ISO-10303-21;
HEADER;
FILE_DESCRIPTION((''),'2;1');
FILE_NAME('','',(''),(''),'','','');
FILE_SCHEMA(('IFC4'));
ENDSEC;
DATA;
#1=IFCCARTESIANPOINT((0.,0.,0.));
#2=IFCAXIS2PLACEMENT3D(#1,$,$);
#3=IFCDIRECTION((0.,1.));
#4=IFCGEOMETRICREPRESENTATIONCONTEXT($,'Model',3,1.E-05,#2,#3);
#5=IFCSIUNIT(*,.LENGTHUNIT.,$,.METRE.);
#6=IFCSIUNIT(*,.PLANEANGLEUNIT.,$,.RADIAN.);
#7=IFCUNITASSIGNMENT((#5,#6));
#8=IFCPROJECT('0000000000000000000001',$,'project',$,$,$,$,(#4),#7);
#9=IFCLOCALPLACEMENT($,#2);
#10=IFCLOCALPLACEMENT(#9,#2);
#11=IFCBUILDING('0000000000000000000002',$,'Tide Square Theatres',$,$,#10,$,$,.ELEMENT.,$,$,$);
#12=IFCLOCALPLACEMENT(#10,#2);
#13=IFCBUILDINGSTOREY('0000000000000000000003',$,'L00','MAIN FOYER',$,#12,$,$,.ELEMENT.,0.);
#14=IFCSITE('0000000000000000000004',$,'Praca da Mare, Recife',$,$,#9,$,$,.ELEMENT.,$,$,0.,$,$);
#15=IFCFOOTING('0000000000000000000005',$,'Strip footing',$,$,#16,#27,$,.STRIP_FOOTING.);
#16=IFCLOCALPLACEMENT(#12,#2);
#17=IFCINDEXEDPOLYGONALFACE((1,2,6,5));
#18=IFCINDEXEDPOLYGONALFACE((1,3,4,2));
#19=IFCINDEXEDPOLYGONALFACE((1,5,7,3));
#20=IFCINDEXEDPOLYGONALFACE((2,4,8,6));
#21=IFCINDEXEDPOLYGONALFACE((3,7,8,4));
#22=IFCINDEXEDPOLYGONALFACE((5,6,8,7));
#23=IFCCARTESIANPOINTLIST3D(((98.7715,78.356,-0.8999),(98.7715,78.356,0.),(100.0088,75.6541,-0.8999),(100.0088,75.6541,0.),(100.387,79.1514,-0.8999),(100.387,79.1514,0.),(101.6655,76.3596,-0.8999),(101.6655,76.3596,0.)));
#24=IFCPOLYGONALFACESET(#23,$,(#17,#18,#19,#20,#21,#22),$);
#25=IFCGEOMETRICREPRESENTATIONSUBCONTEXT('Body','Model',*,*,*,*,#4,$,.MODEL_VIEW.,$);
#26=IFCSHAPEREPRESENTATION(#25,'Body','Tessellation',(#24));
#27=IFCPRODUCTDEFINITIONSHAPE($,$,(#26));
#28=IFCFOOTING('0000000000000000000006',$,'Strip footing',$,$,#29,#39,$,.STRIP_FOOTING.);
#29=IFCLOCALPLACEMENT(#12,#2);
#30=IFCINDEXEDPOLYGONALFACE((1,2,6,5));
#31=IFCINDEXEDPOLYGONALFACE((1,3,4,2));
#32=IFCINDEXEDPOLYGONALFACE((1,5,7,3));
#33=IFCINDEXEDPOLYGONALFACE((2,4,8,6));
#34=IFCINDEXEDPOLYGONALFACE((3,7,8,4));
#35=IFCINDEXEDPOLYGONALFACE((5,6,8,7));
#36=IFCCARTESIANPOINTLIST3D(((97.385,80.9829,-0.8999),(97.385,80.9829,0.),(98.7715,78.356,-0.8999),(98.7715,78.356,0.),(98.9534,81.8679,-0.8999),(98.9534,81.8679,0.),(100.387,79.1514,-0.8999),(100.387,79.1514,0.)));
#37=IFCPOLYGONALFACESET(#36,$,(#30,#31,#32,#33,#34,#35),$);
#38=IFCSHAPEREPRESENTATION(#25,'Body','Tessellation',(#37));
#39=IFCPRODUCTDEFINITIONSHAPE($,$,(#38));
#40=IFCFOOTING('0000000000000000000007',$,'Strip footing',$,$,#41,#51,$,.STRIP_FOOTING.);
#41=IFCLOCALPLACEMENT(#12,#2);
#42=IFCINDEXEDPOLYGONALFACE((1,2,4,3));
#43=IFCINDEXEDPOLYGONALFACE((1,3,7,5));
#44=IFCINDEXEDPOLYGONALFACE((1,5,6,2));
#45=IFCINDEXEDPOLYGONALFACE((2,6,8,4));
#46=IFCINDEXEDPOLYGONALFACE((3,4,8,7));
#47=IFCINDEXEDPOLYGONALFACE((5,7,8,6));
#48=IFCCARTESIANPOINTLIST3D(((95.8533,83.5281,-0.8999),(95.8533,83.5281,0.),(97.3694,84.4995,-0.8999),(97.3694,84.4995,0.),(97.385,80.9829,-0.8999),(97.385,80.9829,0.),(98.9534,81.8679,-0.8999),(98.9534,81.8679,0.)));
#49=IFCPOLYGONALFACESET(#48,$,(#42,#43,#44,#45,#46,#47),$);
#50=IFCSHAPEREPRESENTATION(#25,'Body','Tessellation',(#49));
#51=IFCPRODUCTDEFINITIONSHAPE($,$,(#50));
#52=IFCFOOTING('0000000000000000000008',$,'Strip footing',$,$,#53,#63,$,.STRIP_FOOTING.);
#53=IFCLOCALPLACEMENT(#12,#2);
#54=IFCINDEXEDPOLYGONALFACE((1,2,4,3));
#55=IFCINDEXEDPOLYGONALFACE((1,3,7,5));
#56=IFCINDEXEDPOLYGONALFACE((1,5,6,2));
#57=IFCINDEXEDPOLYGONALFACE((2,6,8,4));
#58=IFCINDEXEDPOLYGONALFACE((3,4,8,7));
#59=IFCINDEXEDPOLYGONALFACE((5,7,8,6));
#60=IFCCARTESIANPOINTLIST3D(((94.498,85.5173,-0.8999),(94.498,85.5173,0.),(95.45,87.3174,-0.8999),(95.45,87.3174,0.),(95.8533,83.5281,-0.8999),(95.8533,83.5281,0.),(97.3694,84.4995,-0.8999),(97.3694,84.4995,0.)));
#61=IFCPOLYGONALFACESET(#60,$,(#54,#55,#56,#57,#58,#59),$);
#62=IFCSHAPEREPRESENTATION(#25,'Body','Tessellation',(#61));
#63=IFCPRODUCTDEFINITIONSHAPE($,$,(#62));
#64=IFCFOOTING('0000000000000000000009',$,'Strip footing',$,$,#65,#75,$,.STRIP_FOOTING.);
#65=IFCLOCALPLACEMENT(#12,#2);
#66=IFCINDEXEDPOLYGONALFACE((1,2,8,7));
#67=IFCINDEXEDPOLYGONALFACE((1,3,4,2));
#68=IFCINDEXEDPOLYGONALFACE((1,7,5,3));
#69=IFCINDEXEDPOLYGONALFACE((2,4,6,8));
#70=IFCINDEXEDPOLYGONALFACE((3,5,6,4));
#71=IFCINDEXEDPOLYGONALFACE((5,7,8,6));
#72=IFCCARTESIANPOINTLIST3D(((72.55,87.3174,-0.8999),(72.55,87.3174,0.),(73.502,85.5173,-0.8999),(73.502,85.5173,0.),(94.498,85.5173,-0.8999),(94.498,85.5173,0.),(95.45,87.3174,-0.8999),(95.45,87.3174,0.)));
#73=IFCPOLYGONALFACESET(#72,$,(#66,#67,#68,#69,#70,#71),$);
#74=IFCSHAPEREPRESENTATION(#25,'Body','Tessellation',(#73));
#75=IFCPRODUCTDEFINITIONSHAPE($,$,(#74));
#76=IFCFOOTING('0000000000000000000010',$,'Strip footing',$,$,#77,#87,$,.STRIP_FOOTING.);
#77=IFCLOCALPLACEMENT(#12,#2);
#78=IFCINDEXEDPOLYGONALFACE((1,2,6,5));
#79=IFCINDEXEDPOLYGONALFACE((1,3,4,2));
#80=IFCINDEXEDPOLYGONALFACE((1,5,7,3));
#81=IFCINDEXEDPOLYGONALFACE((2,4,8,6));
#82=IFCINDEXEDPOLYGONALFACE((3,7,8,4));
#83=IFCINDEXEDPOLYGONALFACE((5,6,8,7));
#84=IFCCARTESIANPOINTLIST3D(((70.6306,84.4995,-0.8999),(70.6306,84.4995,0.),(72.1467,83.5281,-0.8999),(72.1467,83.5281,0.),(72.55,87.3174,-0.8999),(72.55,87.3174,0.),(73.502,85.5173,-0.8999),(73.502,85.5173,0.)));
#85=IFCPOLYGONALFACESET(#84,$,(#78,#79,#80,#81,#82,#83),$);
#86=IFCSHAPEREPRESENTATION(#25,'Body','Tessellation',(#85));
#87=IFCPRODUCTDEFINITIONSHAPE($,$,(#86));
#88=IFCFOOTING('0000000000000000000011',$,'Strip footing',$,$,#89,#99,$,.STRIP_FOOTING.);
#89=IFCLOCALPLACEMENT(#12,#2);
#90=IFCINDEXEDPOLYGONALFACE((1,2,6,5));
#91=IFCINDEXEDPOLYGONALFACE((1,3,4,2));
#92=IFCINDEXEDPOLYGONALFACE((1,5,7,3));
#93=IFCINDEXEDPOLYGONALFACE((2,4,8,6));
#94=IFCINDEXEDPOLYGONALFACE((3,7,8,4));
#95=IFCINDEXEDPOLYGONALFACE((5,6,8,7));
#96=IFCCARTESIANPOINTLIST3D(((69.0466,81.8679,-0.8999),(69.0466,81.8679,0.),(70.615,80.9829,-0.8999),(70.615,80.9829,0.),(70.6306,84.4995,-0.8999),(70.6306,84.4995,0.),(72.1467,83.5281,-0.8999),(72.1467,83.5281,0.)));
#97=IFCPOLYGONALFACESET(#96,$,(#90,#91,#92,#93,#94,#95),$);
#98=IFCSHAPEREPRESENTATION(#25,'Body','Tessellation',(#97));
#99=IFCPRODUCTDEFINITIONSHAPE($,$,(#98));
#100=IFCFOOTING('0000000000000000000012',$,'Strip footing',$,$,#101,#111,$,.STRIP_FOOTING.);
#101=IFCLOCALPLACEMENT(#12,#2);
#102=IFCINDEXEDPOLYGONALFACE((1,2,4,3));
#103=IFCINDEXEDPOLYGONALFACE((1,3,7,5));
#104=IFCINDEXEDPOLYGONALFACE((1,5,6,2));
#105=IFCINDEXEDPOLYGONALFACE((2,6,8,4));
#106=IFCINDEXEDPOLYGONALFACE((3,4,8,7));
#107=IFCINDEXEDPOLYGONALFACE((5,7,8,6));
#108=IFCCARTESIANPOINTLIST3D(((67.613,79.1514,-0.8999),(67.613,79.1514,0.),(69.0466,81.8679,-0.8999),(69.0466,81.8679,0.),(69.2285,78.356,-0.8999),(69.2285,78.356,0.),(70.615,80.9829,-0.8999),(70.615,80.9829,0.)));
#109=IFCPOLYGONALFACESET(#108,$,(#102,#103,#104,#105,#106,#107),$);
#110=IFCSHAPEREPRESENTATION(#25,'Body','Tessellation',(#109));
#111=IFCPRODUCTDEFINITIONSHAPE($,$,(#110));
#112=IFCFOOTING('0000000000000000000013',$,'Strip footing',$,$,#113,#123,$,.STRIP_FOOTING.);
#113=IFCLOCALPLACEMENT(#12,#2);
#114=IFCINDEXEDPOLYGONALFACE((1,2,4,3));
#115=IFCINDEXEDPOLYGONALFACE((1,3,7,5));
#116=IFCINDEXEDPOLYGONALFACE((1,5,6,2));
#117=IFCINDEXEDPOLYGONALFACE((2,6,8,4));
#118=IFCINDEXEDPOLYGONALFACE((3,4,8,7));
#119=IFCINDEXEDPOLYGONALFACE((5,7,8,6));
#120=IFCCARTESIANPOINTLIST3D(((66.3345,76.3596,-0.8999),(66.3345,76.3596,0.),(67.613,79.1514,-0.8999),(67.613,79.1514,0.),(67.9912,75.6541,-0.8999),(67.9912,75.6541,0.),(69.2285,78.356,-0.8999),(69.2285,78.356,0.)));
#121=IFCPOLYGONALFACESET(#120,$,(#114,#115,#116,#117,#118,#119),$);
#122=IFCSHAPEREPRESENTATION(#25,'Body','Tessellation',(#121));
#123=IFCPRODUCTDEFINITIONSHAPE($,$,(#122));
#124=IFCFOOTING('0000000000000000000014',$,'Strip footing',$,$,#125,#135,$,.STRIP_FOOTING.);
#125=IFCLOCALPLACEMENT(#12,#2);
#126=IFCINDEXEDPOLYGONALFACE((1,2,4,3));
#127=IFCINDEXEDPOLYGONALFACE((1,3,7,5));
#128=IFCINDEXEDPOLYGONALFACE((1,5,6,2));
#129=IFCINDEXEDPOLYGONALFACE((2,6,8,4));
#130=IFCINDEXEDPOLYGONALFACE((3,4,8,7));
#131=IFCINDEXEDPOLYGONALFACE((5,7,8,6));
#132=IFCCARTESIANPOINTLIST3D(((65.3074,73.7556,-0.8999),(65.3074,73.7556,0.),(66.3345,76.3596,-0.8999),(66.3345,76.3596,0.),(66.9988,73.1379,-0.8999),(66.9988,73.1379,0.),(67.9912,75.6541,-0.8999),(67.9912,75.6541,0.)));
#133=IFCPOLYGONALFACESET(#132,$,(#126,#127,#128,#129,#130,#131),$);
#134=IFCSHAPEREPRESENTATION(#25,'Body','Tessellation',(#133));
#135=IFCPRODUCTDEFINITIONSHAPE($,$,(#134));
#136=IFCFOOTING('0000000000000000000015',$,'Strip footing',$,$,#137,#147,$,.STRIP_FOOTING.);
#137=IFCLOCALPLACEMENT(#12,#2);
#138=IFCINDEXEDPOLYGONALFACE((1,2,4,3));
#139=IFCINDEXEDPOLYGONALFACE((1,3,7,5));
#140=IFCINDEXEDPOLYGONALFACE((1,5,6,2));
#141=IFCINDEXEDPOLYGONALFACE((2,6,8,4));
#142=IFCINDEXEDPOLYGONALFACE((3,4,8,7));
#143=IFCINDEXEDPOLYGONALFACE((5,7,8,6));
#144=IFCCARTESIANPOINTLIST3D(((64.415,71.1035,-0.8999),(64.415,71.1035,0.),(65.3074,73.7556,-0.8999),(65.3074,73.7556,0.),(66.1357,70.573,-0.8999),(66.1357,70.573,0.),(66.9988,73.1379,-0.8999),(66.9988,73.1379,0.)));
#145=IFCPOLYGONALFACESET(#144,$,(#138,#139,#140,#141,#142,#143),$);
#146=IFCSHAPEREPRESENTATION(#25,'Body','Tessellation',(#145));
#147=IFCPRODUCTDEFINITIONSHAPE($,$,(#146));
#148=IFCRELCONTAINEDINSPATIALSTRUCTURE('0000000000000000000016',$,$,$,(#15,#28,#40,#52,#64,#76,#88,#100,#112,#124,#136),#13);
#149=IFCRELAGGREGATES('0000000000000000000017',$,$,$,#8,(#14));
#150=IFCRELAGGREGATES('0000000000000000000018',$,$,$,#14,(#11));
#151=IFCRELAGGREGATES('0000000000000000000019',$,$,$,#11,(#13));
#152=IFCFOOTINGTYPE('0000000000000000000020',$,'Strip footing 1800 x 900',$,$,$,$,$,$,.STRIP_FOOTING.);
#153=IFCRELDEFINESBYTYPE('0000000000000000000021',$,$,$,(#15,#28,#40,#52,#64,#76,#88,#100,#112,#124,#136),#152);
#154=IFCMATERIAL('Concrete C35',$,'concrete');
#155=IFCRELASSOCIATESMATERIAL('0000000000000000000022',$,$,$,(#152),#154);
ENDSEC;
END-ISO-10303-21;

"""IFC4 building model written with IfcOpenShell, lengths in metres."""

from ifc_helpers import new_model, si_unit, direction, frame, origin, place, context, subcontext, project, spatial, polyline, outline, extrude, material, type_object, element, save


model = new_model("IFC4")

# Units and contexts
model_context = context("Model", 3, precision=1e-05, world=origin(), true_north=direction((0.0, 1.0)))
body_context = subcontext(model_context, "Body", "Model", "MODEL_VIEW")
ifc_project = project(units=[si_unit("LENGTHUNIT", "METRE"), si_unit("PLANEANGLEUNIT", "RADIAN")], contexts=[model_context])

# Site, building, storey
site_placement = place(None, origin())
site = spatial("IfcSite", under=ifc_project, at=site_placement, Name="Praca da Mare, Recife", CompositionType="ELEMENT", RefElevation=0.0)
building_placement = place(site_placement, origin())
building = spatial("IfcBuilding", under=site, at=building_placement, Name="Tide Square Theatres", CompositionType="ELEMENT")
storey_placement = place(building_placement, origin())
storey = spatial("IfcBuildingStorey", under=building, at=storey_placement, Name="L00", Description="MAIN FOYER", CompositionType="ELEMENT", Elevation=0.0)

# Footings
ifc_material = material(Name="Concrete C35", Category="concrete")
footing_type = type_object("IfcFootingType", Name="Strip footing 1800 x 900", PredefinedType="STRIP_FOOTING", material=ifc_material)
footing_1_placement = place(storey_placement, frame((0.0, 0.0, -0.8999)))
element("IfcFooting", 1, at=footing_1_placement, inside=storey, type_object=footing_type, Name="Strip footing", PredefinedType="STRIP_FOOTING", context=body_context, shape_type="SweptSolid", body=[
    extrude(outline(polyline([(101.6655, 76.3596), (100.387, 79.1514), (98.7715, 78.356), (100.0088, 75.6541), (101.6655, 76.3596)])), origin(), (0.0, 0.0, 1.0), 0.8999),
])
footing_2_placement = place(storey_placement, frame((0.0, 0.0, -0.8999)))
element("IfcFooting", 2, at=footing_2_placement, inside=storey, type_object=footing_type, Name="Strip footing", PredefinedType="STRIP_FOOTING", context=body_context, shape_type="SweptSolid", body=[
    extrude(outline(polyline([(100.387, 79.1514), (98.9534, 81.8679), (97.385, 80.9829), (98.7715, 78.356), (100.387, 79.1514)])), origin(), (0.0, 0.0, 1.0), 0.8999),
])
footing_3_placement = place(storey_placement, frame((0.0, 0.0, -0.8999)))
element("IfcFooting", 3, at=footing_3_placement, inside=storey, type_object=footing_type, Name="Strip footing", PredefinedType="STRIP_FOOTING", context=body_context, shape_type="SweptSolid", body=[
    extrude(outline(polyline([(98.9534, 81.8679), (97.3694, 84.4995), (95.8533, 83.5281), (97.385, 80.9829), (98.9534, 81.8679)])), origin(), (0.0, 0.0, 1.0), 0.8999),
])
footing_4_placement = place(storey_placement, frame((0.0, 0.0, -0.8999)))
element("IfcFooting", 4, at=footing_4_placement, inside=storey, type_object=footing_type, Name="Strip footing", PredefinedType="STRIP_FOOTING", context=body_context, shape_type="SweptSolid", body=[
    extrude(outline(polyline([(97.3694, 84.4995), (95.45, 87.3174), (94.498, 85.5173), (95.8533, 83.5281), (97.3694, 84.4995)])), origin(), (0.0, 0.0, 1.0), 0.8999),
])
footing_5_placement = place(storey_placement, frame((0.0, 0.0, -0.8999)))
element("IfcFooting", 5, at=footing_5_placement, inside=storey, type_object=footing_type, Name="Strip footing", PredefinedType="STRIP_FOOTING", context=body_context, shape_type="SweptSolid", body=[
    extrude(outline(polyline([(95.45, 87.3174), (72.55, 87.3174), (73.502, 85.5173), (94.498, 85.5173), (95.45, 87.3174)])), origin(), (0.0, 0.0, 1.0), 0.8999),
])
footing_6_placement = place(storey_placement, frame((0.0, 0.0, -0.8999)))
element("IfcFooting", 6, at=footing_6_placement, inside=storey, type_object=footing_type, Name="Strip footing", PredefinedType="STRIP_FOOTING", context=body_context, shape_type="SweptSolid", body=[
    extrude(outline(polyline([(72.55, 87.3174), (70.6306, 84.4995), (72.1467, 83.5281), (73.502, 85.5173), (72.55, 87.3174)])), origin(), (0.0, 0.0, 1.0), 0.8999),
])
footing_7_placement = place(storey_placement, frame((0.0, 0.0, -0.8999)))
element("IfcFooting", 7, at=footing_7_placement, inside=storey, type_object=footing_type, Name="Strip footing", PredefinedType="STRIP_FOOTING", context=body_context, shape_type="SweptSolid", body=[
    extrude(outline(polyline([(70.6306, 84.4995), (69.0466, 81.8679), (70.615, 80.9829), (72.1467, 83.5281), (70.6306, 84.4995)])), origin(), (0.0, 0.0, 1.0), 0.8999),
])
footing_8_placement = place(storey_placement, frame((0.0, 0.0, -0.8999)))
element("IfcFooting", 8, at=footing_8_placement, inside=storey, type_object=footing_type, Name="Strip footing", PredefinedType="STRIP_FOOTING", context=body_context, shape_type="SweptSolid", body=[
    extrude(outline(polyline([(69.0466, 81.8679), (67.613, 79.1514), (69.2285, 78.356), (70.615, 80.9829), (69.0466, 81.8679)])), origin(), (0.0, 0.0, 1.0), 0.8999),
])
footing_9_placement = place(storey_placement, frame((0.0, 0.0, -0.8999)))
element("IfcFooting", 9, at=footing_9_placement, inside=storey, type_object=footing_type, Name="Strip footing", PredefinedType="STRIP_FOOTING", context=body_context, shape_type="SweptSolid", body=[
    extrude(outline(polyline([(67.613, 79.1514), (66.3345, 76.3596), (67.9912, 75.6541), (69.2285, 78.356), (67.613, 79.1514)])), origin(), (0.0, 0.0, 1.0), 0.8999),
])
footing_10_placement = place(storey_placement, frame((0.0, 0.0, -0.8999)))
element("IfcFooting", 10, at=footing_10_placement, inside=storey, type_object=footing_type, Name="Strip footing", PredefinedType="STRIP_FOOTING", context=body_context, shape_type="SweptSolid", body=[
    extrude(outline(polyline([(66.3345, 76.3596), (65.3074, 73.7556), (66.9988, 73.1379), (67.9912, 75.6541), (66.3345, 76.3596)])), origin(), (0.0, 0.0, 1.0), 0.8999),
])
footing_11_placement = place(storey_placement, frame((0.0, 0.0, -0.8999)))
element("IfcFooting", 11, at=footing_11_placement, inside=storey, type_object=footing_type, Name="Strip footing", PredefinedType="STRIP_FOOTING", context=body_context, shape_type="SweptSolid", body=[
    extrude(outline(polyline([(65.3074, 73.7556), (64.415, 71.1035), (66.1357, 70.573), (66.9988, 73.1379), (65.3074, 73.7556)])), origin(), (0.0, 0.0, 1.0), 0.8999),
])

save(model, "model.ifc")
